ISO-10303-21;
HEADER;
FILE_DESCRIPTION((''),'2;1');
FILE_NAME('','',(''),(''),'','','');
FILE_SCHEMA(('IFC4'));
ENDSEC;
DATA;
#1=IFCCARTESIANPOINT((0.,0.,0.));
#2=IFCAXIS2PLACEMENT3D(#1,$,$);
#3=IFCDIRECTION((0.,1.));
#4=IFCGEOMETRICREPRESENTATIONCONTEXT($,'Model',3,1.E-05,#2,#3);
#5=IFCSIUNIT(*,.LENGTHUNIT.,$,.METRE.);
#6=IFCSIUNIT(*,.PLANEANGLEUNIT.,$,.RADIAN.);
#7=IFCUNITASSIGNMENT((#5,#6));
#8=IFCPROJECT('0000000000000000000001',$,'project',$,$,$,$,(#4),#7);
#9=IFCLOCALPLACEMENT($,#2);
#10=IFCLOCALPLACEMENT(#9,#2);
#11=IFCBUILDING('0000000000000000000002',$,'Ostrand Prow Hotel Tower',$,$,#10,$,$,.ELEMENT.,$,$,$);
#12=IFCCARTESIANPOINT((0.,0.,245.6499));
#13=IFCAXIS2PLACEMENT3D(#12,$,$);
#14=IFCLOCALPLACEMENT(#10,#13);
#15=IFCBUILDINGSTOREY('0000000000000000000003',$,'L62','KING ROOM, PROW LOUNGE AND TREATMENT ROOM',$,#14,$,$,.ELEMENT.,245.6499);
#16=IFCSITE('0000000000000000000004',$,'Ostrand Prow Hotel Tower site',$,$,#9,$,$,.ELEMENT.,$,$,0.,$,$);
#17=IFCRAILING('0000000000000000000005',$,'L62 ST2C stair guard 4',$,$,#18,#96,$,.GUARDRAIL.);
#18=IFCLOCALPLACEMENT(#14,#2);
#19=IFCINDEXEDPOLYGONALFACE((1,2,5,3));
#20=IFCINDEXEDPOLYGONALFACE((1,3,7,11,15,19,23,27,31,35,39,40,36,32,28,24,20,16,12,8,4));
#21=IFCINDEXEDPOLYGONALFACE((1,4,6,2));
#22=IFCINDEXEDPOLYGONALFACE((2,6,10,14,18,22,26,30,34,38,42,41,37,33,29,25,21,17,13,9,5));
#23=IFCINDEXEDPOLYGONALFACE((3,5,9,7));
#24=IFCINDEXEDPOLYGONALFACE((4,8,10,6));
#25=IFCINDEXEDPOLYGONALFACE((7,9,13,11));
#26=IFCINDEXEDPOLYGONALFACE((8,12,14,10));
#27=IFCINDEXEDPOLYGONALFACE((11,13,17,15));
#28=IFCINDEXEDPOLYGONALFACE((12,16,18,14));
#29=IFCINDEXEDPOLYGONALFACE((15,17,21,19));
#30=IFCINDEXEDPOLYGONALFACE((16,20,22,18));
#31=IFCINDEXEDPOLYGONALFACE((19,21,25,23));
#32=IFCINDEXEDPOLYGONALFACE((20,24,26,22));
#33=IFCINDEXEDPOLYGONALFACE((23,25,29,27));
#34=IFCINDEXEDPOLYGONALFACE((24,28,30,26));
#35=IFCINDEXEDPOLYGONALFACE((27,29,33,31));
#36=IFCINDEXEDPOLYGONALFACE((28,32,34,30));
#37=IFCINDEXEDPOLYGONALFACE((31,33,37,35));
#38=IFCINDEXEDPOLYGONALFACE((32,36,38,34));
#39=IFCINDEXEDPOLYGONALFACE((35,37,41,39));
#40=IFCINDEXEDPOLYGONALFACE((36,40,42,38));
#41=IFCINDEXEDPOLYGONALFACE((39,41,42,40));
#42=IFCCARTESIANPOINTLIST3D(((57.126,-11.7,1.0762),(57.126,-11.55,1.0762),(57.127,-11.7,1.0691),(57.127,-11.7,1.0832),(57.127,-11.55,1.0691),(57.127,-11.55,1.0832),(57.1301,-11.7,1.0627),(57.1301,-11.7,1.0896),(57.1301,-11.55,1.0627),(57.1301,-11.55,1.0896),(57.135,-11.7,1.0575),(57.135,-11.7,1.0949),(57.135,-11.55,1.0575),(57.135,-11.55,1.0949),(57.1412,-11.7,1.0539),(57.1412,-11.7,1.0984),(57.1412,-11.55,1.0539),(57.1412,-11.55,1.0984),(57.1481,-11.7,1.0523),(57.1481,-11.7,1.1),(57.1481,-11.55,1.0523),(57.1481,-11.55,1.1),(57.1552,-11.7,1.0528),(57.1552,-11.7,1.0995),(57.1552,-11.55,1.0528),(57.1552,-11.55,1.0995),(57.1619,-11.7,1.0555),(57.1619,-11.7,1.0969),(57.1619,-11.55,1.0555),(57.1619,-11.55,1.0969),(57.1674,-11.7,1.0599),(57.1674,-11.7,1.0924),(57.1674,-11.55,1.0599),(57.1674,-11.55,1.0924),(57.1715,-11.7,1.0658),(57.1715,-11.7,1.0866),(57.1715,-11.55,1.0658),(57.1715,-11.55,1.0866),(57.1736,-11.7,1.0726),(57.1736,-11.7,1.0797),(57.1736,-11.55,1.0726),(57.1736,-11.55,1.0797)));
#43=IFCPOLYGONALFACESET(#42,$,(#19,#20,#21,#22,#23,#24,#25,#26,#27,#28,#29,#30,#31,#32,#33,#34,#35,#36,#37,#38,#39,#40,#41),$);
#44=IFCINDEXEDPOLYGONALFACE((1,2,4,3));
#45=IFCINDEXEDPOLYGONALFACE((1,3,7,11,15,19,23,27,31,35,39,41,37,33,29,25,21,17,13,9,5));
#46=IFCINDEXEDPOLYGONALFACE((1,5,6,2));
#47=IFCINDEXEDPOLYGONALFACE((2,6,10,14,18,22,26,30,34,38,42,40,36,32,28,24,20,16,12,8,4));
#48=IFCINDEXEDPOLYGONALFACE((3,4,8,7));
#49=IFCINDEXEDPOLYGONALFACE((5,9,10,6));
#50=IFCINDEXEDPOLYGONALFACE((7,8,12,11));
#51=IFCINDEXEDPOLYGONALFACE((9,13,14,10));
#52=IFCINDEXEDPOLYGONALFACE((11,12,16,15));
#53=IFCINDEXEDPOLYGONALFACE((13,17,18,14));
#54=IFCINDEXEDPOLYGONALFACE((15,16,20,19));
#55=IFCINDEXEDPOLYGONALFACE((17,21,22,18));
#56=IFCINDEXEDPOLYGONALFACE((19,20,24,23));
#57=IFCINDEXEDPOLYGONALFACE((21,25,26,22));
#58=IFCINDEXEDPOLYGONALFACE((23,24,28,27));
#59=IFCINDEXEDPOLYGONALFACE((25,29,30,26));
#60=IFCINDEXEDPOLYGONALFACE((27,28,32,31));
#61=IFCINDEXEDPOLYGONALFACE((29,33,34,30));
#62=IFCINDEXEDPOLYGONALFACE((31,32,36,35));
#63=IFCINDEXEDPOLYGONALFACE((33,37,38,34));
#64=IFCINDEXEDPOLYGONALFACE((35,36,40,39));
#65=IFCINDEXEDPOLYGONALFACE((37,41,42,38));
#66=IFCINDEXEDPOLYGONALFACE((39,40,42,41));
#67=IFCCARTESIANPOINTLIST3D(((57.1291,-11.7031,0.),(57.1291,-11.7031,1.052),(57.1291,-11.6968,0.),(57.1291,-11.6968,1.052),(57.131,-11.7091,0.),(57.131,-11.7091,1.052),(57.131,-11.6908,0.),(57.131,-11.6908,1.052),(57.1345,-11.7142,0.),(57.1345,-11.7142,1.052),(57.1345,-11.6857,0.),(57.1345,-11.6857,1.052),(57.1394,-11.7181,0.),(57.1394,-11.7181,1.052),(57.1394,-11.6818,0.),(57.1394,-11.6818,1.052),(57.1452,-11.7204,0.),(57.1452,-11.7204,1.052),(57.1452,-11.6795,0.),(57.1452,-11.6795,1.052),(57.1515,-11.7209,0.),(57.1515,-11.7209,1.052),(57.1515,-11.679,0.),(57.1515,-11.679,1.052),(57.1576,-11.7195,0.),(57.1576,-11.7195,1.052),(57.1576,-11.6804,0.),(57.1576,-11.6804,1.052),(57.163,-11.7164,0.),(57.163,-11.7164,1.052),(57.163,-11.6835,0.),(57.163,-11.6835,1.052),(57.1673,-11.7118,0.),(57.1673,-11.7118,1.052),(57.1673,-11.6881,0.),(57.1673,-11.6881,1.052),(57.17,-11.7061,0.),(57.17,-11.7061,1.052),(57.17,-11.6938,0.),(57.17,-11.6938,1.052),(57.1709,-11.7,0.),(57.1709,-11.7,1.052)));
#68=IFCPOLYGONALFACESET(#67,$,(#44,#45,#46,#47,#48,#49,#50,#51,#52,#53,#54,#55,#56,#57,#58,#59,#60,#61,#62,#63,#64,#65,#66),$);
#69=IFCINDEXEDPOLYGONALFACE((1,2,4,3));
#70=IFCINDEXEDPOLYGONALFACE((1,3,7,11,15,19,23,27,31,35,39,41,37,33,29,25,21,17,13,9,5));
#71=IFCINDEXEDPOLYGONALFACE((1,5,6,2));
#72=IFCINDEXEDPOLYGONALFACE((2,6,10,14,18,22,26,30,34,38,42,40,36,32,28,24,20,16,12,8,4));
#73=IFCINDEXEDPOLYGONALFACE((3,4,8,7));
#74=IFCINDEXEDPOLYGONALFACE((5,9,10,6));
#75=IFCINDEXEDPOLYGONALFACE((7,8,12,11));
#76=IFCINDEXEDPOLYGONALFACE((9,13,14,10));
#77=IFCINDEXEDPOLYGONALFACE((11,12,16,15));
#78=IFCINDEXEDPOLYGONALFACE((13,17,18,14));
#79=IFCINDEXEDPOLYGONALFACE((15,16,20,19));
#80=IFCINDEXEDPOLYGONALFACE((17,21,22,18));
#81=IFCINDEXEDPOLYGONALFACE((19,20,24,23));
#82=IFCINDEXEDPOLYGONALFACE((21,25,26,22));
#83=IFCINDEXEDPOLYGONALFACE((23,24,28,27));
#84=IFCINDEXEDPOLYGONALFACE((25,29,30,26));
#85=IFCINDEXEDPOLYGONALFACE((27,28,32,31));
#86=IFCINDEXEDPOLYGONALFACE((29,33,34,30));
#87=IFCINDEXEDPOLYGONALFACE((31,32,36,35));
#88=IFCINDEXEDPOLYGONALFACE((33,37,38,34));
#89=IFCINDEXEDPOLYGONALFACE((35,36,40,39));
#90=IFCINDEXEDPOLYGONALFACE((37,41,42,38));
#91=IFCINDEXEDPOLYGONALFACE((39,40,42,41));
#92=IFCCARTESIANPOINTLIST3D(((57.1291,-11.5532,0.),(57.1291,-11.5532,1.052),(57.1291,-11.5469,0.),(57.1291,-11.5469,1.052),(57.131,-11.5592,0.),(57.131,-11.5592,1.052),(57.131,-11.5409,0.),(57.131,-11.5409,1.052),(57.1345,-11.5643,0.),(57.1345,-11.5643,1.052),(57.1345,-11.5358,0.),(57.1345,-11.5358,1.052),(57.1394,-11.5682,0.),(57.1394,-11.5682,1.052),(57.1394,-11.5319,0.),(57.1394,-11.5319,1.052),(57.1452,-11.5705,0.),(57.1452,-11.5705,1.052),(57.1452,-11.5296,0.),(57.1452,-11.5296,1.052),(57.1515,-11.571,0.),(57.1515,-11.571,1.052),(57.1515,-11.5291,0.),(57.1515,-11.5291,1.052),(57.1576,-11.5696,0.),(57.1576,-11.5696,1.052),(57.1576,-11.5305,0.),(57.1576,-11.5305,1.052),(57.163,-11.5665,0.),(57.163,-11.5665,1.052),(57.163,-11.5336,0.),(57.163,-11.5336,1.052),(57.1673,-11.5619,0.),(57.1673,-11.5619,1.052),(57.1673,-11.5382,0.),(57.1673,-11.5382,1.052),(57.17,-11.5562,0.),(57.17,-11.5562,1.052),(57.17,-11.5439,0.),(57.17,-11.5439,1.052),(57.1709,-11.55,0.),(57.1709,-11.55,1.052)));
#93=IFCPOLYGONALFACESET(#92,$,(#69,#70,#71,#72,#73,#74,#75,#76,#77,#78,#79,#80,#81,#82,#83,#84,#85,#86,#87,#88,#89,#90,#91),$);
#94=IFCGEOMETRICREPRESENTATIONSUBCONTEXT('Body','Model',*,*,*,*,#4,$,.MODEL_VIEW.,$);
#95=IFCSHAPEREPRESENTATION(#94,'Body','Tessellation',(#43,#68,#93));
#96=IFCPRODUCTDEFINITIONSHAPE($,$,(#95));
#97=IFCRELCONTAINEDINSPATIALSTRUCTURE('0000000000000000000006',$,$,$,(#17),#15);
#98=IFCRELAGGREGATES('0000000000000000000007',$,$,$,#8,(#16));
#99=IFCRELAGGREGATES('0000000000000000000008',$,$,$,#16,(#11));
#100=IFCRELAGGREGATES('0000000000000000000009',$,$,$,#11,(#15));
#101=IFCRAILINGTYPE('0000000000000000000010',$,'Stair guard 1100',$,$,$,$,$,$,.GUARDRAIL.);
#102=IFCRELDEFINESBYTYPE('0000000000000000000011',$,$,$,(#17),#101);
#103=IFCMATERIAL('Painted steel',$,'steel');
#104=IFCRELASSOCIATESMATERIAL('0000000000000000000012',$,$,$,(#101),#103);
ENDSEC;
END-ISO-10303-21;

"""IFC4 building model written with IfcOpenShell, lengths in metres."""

from ifc_helpers import new_model, si_unit, direction, frame, origin, origin_2d, place, context, subcontext, project, spatial, circle, extrude, material, type_object, element, save


model = new_model("IFC4")

# Units and contexts
model_context = context("Model", 3, precision=1e-05, world=origin(), true_north=direction((0.0, 1.0)))
body_context = subcontext(model_context, "Body", "Model", "MODEL_VIEW")
ifc_project = project(units=[si_unit("LENGTHUNIT", "METRE"), si_unit("PLANEANGLEUNIT", "RADIAN")], contexts=[model_context])

# Site, building, storey
site_placement = place(None, origin())
site = spatial("IfcSite", under=ifc_project, at=site_placement, Name="Ostrand Prow Hotel Tower site", CompositionType="ELEMENT", RefElevation=0.0)
building_placement = place(site_placement, origin())
building = spatial("IfcBuilding", under=site, at=building_placement, Name="Ostrand Prow Hotel Tower", CompositionType="ELEMENT")
storey_placement = place(building_placement, frame((0.0, 0.0, 245.6499)))
storey = spatial("IfcBuildingStorey", under=building, at=storey_placement, Name="L62", Description="KING ROOM, PROW LOUNGE AND TREATMENT ROOM", CompositionType="ELEMENT", Elevation=245.6499)

# Railing
ifc_material_1 = material(Name="Painted steel", Category="steel")
railing_type_1 = type_object("IfcRailingType", Name="Stair guard 1100", PredefinedType="GUARDRAIL", material=ifc_material_1)
railing_1_placement = place(storey_placement, frame((57.1499, -11.7, 0.0)))
element("IfcRailing", 1, at=railing_1_placement, inside=storey, type_object=railing_type_1, Name="L62 ST2C stair guard 4", PredefinedType="GUARDRAIL", context=body_context, shape_type="SweptSolid", body=[
    extrude(circle(Radius=0.0239, at=origin_2d()), frame((0.0, 0.0, 1.0762), z_axis=(0.0, 1.0, 0.0), x_axis=(-1.0, 0.0, 0.0)), (0.0, 0.0, 1.0), 0.1499),
    extrude(circle(Radius=0.021, at=origin_2d()), origin(), (0.0, 0.0, 1.0), 1.052),
    extrude(circle(Radius=0.021, at=origin_2d()), frame((0.0, 0.1499, 0.0)), (0.0, 0.0, 1.0), 1.052),
])

save(model, "model.ifc")
